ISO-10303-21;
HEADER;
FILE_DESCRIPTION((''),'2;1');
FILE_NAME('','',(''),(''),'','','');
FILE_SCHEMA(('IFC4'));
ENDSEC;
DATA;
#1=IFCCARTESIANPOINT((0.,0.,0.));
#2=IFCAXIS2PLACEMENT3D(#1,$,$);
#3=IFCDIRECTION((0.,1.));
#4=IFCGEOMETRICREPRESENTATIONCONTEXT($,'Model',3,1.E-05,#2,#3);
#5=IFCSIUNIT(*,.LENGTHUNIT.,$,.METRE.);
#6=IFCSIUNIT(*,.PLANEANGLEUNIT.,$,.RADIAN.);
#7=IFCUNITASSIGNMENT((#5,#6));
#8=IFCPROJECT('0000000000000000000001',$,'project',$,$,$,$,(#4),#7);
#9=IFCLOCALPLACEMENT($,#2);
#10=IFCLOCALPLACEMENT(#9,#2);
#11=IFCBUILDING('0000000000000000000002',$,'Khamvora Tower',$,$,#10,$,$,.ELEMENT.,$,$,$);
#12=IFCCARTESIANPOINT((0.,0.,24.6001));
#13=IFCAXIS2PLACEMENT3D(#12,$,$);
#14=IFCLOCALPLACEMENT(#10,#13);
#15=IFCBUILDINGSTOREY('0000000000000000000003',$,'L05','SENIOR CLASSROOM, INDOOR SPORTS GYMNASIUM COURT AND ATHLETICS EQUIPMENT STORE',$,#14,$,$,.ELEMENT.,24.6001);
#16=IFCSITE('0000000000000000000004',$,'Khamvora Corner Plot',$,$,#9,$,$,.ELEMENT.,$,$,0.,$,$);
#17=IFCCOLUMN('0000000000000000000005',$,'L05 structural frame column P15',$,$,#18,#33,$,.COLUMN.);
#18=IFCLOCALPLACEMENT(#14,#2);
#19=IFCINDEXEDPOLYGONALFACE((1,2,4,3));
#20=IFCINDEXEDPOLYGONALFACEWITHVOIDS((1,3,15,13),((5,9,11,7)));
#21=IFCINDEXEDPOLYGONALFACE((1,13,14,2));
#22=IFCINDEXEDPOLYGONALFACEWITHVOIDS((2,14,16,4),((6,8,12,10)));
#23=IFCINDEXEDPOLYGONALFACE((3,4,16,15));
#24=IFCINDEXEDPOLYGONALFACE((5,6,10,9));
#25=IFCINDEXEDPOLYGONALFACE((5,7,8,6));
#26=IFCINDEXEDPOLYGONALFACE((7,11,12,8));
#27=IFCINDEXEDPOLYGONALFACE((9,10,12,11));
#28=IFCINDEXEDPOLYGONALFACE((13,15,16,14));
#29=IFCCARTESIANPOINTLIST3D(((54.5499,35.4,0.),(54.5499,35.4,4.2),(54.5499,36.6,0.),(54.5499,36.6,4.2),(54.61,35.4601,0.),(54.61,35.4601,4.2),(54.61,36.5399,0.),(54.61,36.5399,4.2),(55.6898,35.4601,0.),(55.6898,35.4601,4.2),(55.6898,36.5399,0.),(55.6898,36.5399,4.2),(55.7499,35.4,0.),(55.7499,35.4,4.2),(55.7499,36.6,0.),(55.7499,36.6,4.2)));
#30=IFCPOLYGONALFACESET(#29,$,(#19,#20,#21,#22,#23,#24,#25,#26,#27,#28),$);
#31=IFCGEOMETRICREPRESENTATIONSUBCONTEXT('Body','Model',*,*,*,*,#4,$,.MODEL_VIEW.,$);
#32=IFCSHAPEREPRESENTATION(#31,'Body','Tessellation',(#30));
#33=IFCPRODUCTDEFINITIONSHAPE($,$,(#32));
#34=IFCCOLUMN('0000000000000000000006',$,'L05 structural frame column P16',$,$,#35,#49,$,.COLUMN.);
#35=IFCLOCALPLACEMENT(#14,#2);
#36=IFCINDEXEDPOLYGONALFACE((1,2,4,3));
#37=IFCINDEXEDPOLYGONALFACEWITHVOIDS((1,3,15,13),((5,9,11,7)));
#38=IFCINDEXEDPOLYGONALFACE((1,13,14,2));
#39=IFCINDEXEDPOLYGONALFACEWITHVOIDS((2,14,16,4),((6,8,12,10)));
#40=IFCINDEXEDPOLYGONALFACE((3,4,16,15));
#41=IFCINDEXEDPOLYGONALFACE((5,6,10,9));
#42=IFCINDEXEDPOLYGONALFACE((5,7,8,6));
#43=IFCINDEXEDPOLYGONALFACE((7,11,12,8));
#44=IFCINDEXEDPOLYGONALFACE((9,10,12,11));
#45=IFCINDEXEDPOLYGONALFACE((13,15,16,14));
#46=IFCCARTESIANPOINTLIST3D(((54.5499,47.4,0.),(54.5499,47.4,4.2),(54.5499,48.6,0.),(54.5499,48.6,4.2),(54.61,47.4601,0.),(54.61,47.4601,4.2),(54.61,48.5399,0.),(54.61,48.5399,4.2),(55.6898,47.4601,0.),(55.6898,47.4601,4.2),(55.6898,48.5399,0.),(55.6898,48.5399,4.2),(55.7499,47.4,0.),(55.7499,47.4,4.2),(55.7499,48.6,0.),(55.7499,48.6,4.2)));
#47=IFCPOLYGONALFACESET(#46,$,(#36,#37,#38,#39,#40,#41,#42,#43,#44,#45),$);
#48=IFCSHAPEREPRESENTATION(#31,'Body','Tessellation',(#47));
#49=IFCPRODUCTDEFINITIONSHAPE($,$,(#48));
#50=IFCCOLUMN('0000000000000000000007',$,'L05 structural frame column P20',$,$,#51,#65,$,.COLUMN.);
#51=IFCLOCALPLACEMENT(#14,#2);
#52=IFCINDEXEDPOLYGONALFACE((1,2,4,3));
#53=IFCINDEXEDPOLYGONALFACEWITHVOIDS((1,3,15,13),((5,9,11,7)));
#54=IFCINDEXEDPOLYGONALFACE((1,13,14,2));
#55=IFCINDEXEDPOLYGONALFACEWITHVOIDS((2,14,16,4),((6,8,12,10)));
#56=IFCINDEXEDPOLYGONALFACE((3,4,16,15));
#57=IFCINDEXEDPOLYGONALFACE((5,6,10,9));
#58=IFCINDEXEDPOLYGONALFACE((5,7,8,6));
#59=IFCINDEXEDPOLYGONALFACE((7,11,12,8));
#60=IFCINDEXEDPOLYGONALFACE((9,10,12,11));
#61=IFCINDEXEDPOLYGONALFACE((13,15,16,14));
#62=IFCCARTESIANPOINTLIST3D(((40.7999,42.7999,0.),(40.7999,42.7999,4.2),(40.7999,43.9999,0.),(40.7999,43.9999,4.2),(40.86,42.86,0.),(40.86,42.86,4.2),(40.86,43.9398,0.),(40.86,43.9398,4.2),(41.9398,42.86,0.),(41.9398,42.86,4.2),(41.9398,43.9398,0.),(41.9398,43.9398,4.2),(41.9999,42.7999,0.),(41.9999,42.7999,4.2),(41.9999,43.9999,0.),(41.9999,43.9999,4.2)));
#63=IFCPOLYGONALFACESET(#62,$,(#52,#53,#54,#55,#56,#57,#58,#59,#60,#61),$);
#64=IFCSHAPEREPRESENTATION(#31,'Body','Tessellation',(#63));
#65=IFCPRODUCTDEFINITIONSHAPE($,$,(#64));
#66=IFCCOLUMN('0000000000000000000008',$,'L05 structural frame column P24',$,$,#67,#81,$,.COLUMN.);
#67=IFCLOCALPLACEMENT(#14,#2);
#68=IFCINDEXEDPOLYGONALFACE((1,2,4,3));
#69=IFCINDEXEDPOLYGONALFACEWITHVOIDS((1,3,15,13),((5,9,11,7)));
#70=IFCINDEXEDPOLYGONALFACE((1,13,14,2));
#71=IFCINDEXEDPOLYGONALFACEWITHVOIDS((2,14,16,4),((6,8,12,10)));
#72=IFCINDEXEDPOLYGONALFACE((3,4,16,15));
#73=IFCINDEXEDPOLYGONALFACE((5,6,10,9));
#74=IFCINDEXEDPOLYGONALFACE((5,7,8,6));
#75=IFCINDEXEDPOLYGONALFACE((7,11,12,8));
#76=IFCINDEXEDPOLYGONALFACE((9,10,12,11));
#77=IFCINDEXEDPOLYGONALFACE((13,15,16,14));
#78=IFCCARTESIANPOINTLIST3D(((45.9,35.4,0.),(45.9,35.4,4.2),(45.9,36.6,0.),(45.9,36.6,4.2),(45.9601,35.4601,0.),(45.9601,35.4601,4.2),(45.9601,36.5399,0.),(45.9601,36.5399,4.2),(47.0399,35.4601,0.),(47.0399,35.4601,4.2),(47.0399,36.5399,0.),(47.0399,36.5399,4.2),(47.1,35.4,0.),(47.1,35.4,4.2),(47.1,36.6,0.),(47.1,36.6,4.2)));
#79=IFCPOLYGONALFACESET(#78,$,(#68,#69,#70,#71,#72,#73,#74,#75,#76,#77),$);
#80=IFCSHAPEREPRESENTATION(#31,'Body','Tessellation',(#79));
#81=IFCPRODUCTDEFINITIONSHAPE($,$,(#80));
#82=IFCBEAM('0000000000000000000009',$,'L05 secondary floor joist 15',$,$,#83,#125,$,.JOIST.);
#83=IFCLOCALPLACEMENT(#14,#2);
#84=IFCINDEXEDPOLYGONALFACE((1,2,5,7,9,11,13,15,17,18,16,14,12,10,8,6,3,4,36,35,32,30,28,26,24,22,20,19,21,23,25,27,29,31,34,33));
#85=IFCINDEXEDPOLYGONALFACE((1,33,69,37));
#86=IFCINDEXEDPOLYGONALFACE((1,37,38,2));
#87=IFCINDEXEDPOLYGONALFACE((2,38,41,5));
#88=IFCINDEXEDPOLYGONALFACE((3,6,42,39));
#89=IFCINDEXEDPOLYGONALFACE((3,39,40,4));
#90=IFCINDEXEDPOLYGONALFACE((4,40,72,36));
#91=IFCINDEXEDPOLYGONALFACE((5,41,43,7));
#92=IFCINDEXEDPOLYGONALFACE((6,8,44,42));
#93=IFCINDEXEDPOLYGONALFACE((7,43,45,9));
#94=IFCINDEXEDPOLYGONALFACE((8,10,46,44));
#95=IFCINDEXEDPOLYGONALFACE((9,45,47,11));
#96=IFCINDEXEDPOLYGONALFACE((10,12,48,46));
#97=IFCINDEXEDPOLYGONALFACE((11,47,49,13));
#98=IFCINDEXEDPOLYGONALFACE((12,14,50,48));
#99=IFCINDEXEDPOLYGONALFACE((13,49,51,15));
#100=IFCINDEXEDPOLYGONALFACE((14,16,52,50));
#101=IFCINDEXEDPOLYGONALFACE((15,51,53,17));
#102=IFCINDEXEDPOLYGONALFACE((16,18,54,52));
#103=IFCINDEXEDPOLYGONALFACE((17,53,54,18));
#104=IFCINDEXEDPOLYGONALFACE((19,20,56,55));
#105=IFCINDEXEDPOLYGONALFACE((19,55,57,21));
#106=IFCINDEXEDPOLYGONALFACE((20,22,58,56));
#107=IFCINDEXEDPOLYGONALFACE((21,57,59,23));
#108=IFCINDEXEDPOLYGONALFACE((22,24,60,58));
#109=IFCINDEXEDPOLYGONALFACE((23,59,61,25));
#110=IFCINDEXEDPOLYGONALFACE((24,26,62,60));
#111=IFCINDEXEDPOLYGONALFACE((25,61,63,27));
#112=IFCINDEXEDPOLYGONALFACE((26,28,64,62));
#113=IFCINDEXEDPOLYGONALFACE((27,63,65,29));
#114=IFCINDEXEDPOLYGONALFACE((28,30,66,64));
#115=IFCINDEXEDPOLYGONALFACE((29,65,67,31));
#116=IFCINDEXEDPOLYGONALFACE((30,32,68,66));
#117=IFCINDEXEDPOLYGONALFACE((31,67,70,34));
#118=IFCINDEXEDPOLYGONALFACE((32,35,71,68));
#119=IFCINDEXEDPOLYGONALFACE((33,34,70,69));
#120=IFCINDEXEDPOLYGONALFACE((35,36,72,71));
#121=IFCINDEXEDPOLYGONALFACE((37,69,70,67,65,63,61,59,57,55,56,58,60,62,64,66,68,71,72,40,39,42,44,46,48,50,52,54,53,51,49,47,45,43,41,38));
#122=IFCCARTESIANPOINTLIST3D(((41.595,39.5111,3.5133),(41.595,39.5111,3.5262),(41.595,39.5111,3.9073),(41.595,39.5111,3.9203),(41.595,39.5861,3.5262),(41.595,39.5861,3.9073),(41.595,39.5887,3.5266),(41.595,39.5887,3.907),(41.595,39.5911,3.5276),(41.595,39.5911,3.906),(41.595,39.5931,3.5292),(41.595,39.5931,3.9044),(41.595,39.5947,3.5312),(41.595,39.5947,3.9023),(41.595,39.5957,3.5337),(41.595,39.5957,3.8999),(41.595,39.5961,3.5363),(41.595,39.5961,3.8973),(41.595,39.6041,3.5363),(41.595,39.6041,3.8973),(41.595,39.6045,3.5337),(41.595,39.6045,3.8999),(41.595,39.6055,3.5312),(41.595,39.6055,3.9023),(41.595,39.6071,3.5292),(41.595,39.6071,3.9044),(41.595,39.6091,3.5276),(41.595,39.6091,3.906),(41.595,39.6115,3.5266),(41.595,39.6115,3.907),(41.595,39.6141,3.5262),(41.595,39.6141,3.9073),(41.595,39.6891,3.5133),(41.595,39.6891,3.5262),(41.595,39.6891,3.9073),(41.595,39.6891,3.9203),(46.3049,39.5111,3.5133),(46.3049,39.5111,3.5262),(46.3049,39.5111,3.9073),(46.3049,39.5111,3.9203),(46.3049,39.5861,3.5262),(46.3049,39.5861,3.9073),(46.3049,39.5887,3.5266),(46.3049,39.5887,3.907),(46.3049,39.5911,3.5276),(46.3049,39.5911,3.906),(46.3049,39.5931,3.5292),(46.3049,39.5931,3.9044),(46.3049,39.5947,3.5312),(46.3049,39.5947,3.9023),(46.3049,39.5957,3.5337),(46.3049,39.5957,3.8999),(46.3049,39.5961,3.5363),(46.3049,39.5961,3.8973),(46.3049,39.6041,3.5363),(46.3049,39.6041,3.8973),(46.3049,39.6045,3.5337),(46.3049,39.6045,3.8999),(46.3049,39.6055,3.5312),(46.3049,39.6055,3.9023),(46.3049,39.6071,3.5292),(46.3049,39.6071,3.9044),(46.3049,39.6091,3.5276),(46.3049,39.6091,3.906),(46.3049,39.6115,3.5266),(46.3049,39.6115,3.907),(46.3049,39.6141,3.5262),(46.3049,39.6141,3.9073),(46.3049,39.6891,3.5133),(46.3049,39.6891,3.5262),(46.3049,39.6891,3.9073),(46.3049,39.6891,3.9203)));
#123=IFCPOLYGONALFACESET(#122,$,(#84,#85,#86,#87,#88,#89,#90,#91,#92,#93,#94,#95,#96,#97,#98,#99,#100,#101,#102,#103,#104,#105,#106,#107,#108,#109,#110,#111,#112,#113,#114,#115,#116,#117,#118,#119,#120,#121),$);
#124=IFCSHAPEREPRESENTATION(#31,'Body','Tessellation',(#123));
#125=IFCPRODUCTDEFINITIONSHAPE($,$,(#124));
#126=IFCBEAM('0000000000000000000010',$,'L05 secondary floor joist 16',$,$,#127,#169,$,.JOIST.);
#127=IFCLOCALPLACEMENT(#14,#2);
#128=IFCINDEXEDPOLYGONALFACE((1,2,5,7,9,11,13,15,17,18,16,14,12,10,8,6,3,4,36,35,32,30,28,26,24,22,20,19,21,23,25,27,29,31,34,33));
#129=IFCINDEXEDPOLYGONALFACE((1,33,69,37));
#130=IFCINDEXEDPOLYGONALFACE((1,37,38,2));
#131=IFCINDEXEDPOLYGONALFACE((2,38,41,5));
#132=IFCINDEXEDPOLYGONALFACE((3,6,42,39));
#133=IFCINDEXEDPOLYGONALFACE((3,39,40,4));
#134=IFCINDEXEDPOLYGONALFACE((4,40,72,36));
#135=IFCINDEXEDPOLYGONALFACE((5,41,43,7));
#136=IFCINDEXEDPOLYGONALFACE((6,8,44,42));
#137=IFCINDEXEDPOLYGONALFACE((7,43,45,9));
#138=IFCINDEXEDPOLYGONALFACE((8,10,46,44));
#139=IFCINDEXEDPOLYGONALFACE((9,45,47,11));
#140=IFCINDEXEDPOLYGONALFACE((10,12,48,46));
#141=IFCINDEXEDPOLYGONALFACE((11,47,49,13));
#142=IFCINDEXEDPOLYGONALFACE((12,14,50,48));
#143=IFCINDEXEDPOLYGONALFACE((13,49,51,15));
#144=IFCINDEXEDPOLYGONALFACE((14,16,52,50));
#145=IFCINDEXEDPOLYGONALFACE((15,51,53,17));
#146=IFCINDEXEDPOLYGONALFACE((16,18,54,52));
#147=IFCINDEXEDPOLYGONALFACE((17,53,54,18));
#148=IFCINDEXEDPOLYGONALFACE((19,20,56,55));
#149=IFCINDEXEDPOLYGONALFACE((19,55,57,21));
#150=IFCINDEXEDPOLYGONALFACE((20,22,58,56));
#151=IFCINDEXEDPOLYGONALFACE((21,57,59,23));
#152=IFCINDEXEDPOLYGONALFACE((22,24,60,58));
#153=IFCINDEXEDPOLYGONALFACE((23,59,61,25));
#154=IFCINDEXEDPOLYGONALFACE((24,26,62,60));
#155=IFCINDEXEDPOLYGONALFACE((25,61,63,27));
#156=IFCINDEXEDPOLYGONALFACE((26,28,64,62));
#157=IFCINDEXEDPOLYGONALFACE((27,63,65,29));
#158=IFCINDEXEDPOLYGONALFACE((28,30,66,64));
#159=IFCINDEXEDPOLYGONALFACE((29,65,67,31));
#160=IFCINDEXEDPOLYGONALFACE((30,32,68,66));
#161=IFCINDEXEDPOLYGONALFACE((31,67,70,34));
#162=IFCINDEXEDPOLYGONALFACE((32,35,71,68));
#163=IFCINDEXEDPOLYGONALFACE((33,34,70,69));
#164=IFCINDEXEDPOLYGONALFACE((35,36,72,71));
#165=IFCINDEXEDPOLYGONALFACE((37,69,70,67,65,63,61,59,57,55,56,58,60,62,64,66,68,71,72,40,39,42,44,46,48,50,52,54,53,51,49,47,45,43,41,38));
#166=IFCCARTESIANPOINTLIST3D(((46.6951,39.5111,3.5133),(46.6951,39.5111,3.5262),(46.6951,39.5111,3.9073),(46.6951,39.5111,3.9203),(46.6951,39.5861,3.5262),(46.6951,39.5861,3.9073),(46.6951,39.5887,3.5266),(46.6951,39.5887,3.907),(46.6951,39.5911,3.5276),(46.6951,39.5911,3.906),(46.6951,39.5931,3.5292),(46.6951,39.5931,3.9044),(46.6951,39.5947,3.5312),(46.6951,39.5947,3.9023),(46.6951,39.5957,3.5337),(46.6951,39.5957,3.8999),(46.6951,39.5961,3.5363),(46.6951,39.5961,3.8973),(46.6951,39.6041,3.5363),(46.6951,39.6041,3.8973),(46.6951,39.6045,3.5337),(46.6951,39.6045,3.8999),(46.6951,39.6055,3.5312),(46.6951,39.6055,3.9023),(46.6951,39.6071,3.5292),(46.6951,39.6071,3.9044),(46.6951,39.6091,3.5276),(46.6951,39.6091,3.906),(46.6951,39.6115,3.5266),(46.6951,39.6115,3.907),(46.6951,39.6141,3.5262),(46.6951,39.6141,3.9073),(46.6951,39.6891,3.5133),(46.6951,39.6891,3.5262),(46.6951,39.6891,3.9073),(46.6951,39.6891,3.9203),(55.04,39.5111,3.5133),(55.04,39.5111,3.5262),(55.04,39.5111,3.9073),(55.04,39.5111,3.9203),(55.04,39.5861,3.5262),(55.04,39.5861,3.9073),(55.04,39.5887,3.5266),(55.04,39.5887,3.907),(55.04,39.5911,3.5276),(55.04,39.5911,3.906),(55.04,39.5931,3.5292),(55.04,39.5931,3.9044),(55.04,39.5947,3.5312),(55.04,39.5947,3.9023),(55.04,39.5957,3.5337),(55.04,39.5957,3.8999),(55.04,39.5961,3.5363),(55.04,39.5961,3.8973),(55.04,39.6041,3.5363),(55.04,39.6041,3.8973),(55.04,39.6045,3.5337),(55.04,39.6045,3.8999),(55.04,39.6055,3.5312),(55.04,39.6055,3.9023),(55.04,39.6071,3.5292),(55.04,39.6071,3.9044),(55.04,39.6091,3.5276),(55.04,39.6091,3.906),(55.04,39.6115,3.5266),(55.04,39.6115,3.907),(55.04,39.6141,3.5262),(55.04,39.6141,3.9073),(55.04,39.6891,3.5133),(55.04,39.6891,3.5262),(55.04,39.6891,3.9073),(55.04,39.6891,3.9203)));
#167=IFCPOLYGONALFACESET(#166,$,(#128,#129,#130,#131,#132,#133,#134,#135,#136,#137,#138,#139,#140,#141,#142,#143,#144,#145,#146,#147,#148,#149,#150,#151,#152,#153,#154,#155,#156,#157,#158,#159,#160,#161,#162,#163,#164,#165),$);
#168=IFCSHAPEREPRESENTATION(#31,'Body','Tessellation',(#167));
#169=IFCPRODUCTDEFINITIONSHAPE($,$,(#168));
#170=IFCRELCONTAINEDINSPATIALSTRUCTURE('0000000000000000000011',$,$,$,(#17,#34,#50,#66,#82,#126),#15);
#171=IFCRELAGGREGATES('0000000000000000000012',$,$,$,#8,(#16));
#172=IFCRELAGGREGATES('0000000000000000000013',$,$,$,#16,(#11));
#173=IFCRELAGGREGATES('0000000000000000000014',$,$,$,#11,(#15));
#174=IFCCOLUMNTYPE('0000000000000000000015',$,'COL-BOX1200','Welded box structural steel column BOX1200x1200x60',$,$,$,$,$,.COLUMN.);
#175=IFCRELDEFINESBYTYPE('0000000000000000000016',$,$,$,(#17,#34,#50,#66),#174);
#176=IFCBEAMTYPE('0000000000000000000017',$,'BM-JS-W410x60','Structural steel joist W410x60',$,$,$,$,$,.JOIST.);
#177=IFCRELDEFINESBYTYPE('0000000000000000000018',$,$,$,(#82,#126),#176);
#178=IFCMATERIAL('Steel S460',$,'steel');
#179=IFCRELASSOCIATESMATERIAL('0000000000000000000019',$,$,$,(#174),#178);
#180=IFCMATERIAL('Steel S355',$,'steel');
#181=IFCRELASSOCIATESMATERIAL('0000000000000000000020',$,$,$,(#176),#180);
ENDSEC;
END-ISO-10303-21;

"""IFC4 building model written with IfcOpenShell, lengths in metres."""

from ifc_helpers import new_model, si_unit, direction, frame, origin, origin_2d, place, context, subcontext, project, spatial, hollow_rectangle, i_section, extrude, material, material_profile, profile_set, type_object, element, save


model = new_model("IFC4")

# Units and contexts
model_context = context("Model", 3, precision=1e-05, world=origin(), true_north=direction((0.0, 1.0)))
body_context = subcontext(model_context, "Body", "Model", "MODEL_VIEW")
ifc_project = project(units=[si_unit("LENGTHUNIT", "METRE"), si_unit("PLANEANGLEUNIT", "RADIAN")], contexts=[model_context])

# Site, building, storey
site_placement = place(None, origin())
site = spatial("IfcSite", under=ifc_project, at=site_placement, Name="Khamvora Corner Plot", CompositionType="ELEMENT", RefElevation=0.0)
building_placement = place(site_placement, origin())
building = spatial("IfcBuilding", under=site, at=building_placement, Name="Khamvora Tower", CompositionType="ELEMENT")
storey_placement = place(building_placement, frame((0.0, 0.0, 24.6001)))
storey = spatial("IfcBuildingStorey", under=building, at=storey_placement, Name="L05", Description="SENIOR CLASSROOM, INDOOR SPORTS GYMNASIUM COURT AND ATHLETICS EQUIPMENT STORE", CompositionType="ELEMENT", Elevation=24.6001)

# Columns
ifc_material_1 = material(Name="Steel S460", Category="steel")
ifc_material_profile_1 = material_profile(ifc_material_1, hollow_rectangle(XDim=1.2, YDim=1.2, WallThickness=0.0601, at=origin_2d()), Name="BOX1200x1200x60")
ifc_profile_set_1 = profile_set([ifc_material_profile_1], Name="Steel S460")
column_type = type_object("IfcColumnType", Name="COL-BOX1200", Description="Welded box structural steel column BOX1200x1200x60", PredefinedType="COLUMN", material=ifc_profile_set_1)
for number, where, z_axis, x_axis, name in (
    (1, (55.1499, 36.0, 0.0), (0.0, 0.0, 1.0), (1.0, 0.0, 0.0), "L05 structural frame column P15"),
    (2, (55.1499, 48.0, 0.0), (0.0, 0.0, 1.0), (1.0, 0.0, 0.0), "L05 structural frame column P16"),
    (3, (41.3999, 43.3999, 0.0), (0.0, 0.0, 1.0), (1.0, 0.0, 0.0), "L05 structural frame column P20"),
    (4, (46.5, 36.0, 0.0), (0.0, 0.0, 1.0), (1.0, 0.0, 0.0), "L05 structural frame column P24"),
):
    element("IfcColumn", number, at=place(storey_placement, frame(where, z_axis=z_axis, x_axis=x_axis)), inside=storey, type_object=column_type, Name=name, PredefinedType="COLUMN", context=body_context, shape_type="SweptSolid", body=[
        extrude(hollow_rectangle(XDim=1.2, YDim=1.2, WallThickness=0.0601, at=origin_2d()), origin(), (0.0, 0.0, 1.0), 4.2),
    ])

# Beams
ifc_material_2 = material(Name="Steel S355", Category="steel")
ifc_material_profile_2 = material_profile(ifc_material_2, i_section(OverallWidth=0.178, OverallDepth=0.407, WebThickness=0.0081, FlangeThickness=0.0129, FilletRadius=0.01, at=origin_2d()), Name="W410x60")
ifc_profile_set_2 = profile_set([ifc_material_profile_2], Name="Steel S355")
beam_type_1 = type_object("IfcBeamType", Name="BM-JS-W410x60", Description="Structural steel joist W410x60", PredefinedType="JOIST", material=ifc_profile_set_2)
beam_1_placement = place(storey_placement, frame((41.595, 39.6001, 3.7168), z_axis=(1.0, 0.0, 0.0), x_axis=(0.0, 1.0, 0.0)))
element("IfcBeam", 5, at=beam_1_placement, inside=storey, type_object=beam_type_1, Name="L05 secondary floor joist 15", PredefinedType="JOIST", context=body_context, shape_type="SweptSolid", body=[
    extrude(i_section(OverallWidth=0.178, OverallDepth=0.407, WebThickness=0.0081, FlangeThickness=0.0129, FilletRadius=0.01, at=origin_2d()), origin(), (0.0, 0.0, 1.0), 4.71),
])
beam_2_placement = place(storey_placement, frame((46.6951, 39.6001, 3.7168), z_axis=(1.0, 0.0, 0.0), x_axis=(0.0, 1.0, 0.0)))
element("IfcBeam", 6, at=beam_2_placement, inside=storey, type_object=beam_type_1, Name="L05 secondary floor joist 16", PredefinedType="JOIST", context=body_context, shape_type="SweptSolid", body=[
    extrude(i_section(OverallWidth=0.178, OverallDepth=0.407, WebThickness=0.0081, FlangeThickness=0.0129, FilletRadius=0.01, at=origin_2d()), origin(), (0.0, 0.0, 1.0), 8.345),
])

save(model, "model.ifc")
